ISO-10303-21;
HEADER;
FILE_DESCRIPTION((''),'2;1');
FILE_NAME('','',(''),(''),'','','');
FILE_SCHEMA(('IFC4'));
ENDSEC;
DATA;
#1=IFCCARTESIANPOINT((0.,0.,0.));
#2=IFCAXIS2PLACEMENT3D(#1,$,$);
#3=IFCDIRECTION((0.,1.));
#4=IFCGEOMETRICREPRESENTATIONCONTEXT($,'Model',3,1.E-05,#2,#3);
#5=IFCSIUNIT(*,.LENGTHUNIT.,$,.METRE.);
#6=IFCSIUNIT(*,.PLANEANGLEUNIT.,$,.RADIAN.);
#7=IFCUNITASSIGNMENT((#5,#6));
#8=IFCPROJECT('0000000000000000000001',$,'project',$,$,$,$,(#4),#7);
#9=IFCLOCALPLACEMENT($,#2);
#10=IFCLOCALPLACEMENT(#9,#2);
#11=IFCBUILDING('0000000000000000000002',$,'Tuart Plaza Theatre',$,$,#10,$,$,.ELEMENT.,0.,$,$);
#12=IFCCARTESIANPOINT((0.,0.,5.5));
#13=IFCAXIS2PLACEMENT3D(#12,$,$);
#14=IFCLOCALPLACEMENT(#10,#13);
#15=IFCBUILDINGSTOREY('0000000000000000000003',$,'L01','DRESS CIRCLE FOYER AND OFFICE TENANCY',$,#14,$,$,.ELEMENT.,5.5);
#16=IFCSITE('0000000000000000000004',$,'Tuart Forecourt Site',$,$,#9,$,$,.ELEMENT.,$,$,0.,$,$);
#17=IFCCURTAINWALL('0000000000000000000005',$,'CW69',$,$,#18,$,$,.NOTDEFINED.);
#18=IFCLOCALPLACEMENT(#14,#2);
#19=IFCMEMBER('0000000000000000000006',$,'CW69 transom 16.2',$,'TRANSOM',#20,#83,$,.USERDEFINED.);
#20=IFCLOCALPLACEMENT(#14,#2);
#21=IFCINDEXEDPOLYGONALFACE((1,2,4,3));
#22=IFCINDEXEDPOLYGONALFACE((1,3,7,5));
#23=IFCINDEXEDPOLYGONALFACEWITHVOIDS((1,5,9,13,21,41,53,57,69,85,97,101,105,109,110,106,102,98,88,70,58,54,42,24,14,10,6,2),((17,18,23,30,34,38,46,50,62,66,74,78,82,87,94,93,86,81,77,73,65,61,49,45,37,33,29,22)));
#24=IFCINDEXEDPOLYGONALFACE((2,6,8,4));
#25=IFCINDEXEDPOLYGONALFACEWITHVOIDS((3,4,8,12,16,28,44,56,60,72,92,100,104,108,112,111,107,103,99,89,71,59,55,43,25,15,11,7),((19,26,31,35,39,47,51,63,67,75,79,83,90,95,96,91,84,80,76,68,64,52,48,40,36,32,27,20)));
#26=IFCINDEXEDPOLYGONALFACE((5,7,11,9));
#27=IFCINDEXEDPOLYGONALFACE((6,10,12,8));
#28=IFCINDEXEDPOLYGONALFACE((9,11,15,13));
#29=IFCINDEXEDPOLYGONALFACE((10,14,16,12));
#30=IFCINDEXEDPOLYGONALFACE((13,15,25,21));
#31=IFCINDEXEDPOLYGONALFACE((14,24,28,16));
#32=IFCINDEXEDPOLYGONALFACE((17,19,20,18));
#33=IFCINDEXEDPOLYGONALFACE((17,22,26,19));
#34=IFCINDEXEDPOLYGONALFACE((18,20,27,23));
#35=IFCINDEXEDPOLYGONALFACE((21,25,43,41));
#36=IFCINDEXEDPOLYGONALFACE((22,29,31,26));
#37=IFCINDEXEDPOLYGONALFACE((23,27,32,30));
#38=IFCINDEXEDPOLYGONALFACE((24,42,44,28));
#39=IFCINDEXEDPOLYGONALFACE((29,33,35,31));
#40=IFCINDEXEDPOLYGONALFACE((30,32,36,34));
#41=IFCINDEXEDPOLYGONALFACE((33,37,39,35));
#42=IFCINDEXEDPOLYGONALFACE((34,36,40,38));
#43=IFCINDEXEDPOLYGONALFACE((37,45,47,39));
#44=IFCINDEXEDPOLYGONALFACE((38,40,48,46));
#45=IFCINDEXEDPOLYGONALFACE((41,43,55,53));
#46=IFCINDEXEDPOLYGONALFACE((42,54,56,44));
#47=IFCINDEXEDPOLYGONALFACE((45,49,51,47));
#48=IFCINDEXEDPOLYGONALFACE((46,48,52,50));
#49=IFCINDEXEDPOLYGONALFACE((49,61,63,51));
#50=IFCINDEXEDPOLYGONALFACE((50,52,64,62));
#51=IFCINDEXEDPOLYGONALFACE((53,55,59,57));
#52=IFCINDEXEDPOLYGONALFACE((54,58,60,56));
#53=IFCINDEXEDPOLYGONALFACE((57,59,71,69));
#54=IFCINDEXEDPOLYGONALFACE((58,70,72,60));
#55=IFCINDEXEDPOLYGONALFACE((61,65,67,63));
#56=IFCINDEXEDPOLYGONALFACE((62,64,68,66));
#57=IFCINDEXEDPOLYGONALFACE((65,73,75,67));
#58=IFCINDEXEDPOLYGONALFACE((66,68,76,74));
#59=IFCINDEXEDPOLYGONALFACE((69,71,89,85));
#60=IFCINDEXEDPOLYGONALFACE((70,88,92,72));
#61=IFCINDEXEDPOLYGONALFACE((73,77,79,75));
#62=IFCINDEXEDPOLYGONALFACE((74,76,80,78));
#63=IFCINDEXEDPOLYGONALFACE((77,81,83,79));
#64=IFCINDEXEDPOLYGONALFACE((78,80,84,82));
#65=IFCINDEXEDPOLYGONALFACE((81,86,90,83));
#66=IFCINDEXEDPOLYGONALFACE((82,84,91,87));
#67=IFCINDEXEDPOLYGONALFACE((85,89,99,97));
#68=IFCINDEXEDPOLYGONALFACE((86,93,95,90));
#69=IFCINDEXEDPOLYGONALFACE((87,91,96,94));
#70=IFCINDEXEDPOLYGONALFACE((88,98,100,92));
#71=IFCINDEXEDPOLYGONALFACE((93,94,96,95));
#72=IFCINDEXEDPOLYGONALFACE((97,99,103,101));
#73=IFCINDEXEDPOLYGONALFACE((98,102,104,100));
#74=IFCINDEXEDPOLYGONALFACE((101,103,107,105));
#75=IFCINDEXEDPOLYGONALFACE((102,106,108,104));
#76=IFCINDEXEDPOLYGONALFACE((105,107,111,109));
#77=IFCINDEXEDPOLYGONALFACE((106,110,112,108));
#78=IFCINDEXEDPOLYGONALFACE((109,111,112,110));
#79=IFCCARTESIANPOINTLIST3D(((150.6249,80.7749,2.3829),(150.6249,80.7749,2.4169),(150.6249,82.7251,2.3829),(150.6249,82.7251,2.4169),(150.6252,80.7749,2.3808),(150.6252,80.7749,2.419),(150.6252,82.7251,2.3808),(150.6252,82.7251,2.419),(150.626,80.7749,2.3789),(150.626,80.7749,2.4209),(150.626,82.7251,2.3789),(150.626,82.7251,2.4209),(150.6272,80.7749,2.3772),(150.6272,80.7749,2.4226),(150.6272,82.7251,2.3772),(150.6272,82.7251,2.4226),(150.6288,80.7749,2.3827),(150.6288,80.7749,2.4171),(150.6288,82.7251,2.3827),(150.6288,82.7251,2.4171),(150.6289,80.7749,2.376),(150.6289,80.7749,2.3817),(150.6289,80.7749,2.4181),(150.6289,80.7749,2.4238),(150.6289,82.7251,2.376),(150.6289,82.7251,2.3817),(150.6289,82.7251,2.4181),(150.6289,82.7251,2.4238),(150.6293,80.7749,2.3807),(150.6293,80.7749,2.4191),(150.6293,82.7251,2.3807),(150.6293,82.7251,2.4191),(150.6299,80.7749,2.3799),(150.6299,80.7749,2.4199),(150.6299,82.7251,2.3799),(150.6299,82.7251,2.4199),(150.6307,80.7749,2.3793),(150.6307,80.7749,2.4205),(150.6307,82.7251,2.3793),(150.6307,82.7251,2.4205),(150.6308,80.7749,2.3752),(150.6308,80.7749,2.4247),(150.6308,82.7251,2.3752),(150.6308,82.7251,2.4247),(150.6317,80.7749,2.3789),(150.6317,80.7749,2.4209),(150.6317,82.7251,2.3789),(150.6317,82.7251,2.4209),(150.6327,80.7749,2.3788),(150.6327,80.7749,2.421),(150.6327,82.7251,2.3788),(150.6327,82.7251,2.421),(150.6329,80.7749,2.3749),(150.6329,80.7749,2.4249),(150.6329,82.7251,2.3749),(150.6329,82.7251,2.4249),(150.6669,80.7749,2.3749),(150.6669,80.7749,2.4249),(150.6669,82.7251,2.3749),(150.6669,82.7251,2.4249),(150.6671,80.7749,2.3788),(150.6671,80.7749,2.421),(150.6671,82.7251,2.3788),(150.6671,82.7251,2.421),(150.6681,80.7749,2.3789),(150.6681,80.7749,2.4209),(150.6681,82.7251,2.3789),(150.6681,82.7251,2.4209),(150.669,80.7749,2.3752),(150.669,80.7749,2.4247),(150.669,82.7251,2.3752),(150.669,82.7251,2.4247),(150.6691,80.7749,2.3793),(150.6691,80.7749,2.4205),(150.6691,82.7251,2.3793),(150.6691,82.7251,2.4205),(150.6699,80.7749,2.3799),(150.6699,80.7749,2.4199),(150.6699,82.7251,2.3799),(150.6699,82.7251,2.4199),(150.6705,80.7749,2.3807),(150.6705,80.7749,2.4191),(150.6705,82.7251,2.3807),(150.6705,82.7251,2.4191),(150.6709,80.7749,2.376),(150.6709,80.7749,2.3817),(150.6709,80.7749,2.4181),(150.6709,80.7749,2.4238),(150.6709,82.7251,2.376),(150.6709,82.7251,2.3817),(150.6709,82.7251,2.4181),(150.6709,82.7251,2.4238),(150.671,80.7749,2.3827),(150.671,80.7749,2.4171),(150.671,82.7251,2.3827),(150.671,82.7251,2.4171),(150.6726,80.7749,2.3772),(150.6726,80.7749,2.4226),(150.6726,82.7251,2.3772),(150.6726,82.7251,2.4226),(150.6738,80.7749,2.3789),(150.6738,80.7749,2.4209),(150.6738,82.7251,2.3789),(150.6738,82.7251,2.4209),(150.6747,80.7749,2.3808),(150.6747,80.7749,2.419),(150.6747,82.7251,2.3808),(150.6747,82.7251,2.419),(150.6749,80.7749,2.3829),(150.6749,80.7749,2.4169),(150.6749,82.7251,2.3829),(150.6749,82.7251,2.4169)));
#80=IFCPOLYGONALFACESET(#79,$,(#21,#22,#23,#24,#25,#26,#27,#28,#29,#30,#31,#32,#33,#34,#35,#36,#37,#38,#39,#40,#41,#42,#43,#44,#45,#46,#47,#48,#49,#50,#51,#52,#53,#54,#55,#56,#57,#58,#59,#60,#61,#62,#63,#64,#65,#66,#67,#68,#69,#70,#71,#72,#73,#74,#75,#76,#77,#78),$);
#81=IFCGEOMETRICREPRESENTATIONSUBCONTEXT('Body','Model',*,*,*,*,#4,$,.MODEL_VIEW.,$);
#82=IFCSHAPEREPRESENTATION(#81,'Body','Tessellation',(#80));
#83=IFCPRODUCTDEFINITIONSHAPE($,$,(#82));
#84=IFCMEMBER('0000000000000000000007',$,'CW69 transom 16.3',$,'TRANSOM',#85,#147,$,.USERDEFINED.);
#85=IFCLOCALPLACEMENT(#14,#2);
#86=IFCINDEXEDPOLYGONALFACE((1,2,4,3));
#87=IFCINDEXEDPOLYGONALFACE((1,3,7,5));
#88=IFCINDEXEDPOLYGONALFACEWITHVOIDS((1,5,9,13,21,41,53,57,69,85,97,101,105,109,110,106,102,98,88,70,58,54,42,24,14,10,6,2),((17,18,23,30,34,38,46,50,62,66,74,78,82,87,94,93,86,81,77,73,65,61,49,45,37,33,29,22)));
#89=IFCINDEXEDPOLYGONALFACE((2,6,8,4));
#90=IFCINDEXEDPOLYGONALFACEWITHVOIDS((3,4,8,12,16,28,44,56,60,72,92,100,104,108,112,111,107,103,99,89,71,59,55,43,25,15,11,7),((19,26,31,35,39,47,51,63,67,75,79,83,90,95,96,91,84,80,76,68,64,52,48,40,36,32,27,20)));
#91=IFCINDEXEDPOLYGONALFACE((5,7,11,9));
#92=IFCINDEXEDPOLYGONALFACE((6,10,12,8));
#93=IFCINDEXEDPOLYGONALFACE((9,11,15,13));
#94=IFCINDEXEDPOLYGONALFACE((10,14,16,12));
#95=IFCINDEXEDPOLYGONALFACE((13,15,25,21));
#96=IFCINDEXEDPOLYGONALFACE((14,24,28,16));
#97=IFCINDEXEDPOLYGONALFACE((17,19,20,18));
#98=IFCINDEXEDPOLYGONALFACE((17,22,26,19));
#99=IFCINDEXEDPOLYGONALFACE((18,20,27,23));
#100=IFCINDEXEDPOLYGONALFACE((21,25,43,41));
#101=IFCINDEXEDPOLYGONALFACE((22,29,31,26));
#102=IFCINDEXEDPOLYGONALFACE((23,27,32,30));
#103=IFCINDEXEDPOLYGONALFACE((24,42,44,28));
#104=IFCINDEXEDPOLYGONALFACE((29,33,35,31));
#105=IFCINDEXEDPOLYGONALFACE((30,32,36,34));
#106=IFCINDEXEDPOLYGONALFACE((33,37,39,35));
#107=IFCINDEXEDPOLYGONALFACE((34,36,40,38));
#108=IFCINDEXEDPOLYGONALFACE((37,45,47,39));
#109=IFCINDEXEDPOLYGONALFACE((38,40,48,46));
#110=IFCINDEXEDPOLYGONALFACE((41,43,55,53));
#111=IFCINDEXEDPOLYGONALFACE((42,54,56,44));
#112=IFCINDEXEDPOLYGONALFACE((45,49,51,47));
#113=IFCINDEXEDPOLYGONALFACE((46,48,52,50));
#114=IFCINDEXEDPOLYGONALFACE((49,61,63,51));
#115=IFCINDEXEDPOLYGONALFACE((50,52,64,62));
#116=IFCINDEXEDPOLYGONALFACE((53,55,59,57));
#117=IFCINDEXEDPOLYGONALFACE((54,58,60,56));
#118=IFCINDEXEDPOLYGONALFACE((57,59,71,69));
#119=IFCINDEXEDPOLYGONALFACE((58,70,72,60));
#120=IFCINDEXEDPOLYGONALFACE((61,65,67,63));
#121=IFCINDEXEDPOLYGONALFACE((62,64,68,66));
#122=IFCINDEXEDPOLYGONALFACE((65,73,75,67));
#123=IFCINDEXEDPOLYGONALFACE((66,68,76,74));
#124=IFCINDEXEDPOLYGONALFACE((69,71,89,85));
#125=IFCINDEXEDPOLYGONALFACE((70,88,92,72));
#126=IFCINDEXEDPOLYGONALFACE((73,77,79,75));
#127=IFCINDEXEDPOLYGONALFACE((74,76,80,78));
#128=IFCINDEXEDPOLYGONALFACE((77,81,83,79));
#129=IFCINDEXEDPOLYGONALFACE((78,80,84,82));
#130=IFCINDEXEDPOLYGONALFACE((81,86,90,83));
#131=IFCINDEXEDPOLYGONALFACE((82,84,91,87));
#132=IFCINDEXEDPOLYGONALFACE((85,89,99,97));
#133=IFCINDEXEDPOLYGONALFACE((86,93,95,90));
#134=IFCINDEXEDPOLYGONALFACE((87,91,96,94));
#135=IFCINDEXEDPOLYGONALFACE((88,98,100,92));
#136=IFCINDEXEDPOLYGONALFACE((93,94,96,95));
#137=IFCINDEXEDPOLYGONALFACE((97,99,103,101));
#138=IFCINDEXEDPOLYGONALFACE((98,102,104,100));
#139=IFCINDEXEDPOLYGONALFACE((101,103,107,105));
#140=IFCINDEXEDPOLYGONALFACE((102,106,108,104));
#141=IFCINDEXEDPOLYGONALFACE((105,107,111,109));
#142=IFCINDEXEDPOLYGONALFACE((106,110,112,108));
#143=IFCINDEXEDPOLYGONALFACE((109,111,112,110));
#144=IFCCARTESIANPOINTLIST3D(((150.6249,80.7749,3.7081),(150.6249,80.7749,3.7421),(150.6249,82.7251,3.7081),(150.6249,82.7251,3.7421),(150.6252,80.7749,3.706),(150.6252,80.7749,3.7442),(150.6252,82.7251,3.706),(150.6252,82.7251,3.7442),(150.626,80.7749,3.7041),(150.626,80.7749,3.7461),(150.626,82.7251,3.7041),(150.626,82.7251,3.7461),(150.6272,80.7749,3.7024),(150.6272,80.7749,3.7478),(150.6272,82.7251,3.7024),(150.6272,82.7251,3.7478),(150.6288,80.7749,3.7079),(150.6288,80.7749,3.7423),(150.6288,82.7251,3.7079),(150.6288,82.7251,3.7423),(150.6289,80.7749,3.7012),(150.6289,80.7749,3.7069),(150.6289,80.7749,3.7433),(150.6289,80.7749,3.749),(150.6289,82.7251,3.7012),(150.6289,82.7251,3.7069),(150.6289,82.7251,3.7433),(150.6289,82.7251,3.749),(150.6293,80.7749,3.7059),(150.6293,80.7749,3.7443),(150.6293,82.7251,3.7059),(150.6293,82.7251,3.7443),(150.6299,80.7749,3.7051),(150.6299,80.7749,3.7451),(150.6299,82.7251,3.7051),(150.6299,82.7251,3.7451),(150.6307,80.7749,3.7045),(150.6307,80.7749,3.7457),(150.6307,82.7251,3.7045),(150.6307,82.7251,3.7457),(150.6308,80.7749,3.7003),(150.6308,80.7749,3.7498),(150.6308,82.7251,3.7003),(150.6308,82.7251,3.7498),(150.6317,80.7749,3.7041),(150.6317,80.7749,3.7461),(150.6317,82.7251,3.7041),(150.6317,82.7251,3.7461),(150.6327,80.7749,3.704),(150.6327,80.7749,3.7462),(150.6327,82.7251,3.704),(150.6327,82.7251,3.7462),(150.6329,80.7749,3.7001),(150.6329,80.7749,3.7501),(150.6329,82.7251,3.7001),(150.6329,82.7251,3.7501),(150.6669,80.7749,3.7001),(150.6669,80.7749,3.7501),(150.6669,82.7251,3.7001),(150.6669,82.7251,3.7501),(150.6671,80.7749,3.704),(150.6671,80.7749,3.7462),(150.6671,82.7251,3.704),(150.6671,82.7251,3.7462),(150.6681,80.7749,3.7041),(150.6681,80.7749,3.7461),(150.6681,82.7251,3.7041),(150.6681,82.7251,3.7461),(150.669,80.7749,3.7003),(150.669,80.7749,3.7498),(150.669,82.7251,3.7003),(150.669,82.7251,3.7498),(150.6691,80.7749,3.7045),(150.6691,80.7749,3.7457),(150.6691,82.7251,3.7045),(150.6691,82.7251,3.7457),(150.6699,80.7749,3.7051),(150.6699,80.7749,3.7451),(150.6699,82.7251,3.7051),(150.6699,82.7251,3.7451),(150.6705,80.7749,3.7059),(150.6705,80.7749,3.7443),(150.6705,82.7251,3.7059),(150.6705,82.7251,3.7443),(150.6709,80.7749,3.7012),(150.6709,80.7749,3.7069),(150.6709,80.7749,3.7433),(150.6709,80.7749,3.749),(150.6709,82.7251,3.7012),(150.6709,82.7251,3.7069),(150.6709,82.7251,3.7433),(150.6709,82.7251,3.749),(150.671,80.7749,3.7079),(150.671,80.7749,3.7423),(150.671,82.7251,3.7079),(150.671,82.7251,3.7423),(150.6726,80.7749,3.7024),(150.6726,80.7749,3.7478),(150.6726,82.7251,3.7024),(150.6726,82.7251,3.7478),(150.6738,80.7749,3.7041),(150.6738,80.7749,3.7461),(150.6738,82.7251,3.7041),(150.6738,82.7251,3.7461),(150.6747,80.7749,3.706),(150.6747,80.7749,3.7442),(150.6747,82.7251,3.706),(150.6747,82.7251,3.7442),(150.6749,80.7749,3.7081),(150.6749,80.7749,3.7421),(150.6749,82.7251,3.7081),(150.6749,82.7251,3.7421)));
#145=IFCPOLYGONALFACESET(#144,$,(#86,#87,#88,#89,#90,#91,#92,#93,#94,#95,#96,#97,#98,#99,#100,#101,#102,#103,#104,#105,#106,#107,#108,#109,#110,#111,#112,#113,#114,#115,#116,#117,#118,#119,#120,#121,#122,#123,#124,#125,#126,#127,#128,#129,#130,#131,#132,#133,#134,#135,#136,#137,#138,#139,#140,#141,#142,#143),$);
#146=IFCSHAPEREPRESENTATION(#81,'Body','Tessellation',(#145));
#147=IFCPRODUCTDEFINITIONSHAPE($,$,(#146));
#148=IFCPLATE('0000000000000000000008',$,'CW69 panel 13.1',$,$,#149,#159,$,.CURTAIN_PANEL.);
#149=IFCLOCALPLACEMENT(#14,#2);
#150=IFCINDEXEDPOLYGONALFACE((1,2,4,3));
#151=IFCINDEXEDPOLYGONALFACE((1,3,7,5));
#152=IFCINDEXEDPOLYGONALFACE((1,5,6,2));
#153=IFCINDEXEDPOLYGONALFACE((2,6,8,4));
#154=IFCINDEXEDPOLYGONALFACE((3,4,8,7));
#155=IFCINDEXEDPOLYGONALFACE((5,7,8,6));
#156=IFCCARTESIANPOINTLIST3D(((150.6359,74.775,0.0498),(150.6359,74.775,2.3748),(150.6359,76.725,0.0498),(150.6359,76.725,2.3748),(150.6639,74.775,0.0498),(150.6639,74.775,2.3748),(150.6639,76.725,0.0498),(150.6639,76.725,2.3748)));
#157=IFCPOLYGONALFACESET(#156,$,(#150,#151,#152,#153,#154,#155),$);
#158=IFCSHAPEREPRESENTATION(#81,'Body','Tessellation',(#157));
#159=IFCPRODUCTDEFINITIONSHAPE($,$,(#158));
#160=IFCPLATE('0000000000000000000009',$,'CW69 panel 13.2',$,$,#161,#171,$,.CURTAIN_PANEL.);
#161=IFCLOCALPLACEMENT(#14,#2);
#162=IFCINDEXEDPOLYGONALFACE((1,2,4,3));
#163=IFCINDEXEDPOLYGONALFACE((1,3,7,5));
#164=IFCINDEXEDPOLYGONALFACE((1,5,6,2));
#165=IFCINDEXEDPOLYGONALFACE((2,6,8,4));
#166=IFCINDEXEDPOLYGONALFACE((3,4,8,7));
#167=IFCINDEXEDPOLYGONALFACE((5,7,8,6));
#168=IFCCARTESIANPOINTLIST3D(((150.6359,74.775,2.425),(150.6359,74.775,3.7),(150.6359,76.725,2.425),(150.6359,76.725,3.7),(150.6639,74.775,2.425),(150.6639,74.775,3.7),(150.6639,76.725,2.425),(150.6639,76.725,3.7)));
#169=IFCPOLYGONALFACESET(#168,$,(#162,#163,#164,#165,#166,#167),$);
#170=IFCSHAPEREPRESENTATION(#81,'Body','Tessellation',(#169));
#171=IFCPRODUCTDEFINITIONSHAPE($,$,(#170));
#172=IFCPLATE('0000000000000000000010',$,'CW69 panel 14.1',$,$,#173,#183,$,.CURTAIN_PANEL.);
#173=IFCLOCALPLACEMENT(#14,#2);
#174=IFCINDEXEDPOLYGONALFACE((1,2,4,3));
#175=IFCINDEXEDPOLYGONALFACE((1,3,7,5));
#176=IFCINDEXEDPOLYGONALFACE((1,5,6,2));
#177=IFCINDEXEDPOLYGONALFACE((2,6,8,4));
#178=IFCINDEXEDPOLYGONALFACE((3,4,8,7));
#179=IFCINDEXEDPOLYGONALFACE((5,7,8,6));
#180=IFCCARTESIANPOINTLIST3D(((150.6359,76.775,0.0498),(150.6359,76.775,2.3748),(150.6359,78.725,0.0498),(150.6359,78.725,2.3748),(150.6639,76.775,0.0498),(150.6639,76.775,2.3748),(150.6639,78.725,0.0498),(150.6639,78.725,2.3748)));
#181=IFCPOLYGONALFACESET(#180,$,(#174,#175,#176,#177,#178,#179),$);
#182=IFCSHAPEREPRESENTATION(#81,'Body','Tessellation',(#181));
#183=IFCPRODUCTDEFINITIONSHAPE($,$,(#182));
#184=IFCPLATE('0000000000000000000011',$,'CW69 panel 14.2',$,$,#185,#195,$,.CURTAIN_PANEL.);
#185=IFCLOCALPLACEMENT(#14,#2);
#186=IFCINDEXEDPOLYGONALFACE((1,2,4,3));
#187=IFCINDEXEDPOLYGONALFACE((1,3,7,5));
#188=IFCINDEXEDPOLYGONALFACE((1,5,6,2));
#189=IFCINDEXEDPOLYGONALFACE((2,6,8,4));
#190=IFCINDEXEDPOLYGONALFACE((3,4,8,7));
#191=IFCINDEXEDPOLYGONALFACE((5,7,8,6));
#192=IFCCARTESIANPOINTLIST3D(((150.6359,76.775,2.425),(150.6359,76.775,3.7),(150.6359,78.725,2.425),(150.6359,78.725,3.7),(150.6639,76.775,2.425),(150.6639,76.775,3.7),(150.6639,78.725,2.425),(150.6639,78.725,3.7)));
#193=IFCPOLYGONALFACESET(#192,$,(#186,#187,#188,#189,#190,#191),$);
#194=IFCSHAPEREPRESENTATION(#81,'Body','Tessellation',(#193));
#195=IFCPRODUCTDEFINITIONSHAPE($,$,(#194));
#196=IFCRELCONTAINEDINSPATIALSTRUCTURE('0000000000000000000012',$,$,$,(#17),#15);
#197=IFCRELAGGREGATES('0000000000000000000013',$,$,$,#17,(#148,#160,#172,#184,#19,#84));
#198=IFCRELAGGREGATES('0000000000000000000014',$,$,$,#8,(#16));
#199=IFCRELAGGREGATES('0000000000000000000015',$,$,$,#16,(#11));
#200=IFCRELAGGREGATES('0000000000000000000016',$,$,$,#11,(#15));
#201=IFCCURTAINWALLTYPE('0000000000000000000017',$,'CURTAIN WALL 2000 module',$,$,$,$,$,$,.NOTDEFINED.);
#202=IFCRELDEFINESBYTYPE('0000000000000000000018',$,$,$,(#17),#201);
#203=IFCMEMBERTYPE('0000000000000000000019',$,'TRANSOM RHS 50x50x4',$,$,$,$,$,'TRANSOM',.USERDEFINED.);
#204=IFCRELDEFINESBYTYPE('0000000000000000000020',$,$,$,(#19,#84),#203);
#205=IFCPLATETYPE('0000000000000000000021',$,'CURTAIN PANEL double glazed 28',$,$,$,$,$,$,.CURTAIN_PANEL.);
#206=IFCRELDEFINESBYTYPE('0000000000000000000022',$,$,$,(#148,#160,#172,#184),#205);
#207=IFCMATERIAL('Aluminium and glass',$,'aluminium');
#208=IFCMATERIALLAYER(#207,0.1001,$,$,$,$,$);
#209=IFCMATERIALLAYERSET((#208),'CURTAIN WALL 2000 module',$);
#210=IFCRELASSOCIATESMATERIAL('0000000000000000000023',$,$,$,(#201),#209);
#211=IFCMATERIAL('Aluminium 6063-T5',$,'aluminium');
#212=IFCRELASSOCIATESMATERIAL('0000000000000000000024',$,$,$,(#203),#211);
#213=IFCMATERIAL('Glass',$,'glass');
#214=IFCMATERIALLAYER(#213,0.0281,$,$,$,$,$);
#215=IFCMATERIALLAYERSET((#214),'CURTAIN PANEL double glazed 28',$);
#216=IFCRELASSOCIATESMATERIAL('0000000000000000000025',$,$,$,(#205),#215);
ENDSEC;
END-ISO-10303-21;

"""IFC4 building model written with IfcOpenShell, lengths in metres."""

from ifc_helpers import new_model, si_unit, direction, frame, origin, origin_2d, place, context, subcontext, project, spatial, rectangle, hollow_rectangle, extrude, material, layer, layer_set, material_profile, profile_set, type_object, element, aggregate, save


model = new_model("IFC4")

# Units and contexts
model_context = context("Model", 3, precision=1e-05, world=origin(), true_north=direction((0.0, 1.0)))
body_context = subcontext(model_context, "Body", "Model", "MODEL_VIEW")
ifc_project = project(units=[si_unit("LENGTHUNIT", "METRE"), si_unit("PLANEANGLEUNIT", "RADIAN")], contexts=[model_context])

# Site, building, storey
site_placement = place(None, origin())
site = spatial("IfcSite", under=ifc_project, at=site_placement, Name="Tuart Forecourt Site", CompositionType="ELEMENT", RefElevation=0.0)
building_placement = place(site_placement, origin())
building = spatial("IfcBuilding", under=site, at=building_placement, Name="Tuart Plaza Theatre", CompositionType="ELEMENT", ElevationOfRefHeight=0.0)
storey_placement = place(building_placement, frame((0.0, 0.0, 5.5)))
storey = spatial("IfcBuildingStorey", under=building, at=storey_placement, Name="L01", Description="DRESS CIRCLE FOYER AND OFFICE TENANCY", CompositionType="ELEMENT", Elevation=5.5)

# Curtain wall, members, plates
ifc_material_1 = material(Name="Aluminium and glass", Category="aluminium")
ifc_layer_1 = layer(ifc_material_1, 0.1001)
ifc_layer_set_1 = layer_set([ifc_layer_1], Name="CURTAIN WALL 2000 module")
curtain_wall_type = type_object("IfcCurtainWallType", Name="CURTAIN WALL 2000 module", PredefinedType="NOTDEFINED", material=ifc_layer_set_1)
curtain_wall_placement = place(storey_placement, origin())
curtain_wall = element("IfcCurtainWall", 1, at=curtain_wall_placement, inside=storey, type_object=curtain_wall_type, Name="CW69", PredefinedType="NOTDEFINED")
ifc_material_2 = material(Name="Aluminium 6063-T5", Category="aluminium")
ifc_material_profile_1 = material_profile(ifc_material_2, hollow_rectangle(XDim=0.05, YDim=0.05, WallThickness=0.0039, InnerFilletRadius=0.0039, OuterFilletRadius=0.0081, at=origin_2d()), Name="RHS 50x50x4")
ifc_profile_set_1 = profile_set([ifc_material_profile_1], Name="Aluminium 6063-T5")
member_type_1 = type_object("IfcMemberType", Name="TRANSOM RHS 50x50x4", ElementType="TRANSOM", PredefinedType="USERDEFINED", material=ifc_profile_set_1)
member_1_placement = place(storey_placement, frame((150.6499, 80.7749, 2.3999), z_axis=(0.0, 1.0, 0.0), x_axis=(-1.0, 0.0, 0.0)))
member_1 = element("IfcMember", 2, at=member_1_placement, type_object=member_type_1, Name="CW69 transom 16.2", ObjectType="TRANSOM", PredefinedType="USERDEFINED", context=body_context, shape_type="SweptSolid", body=[
    extrude(hollow_rectangle(XDim=0.05, YDim=0.05, WallThickness=0.0039, InnerFilletRadius=0.0039, OuterFilletRadius=0.0081, at=origin_2d()), origin(), (0.0, 0.0, 1.0), 1.9502),
])
member_2_placement = place(storey_placement, frame((150.6499, 80.7749, 3.7251), z_axis=(0.0, 1.0, 0.0), x_axis=(-1.0, 0.0, 0.0)))
member_2 = element("IfcMember", 3, at=member_2_placement, type_object=member_type_1, Name="CW69 transom 16.3", ObjectType="TRANSOM", PredefinedType="USERDEFINED", context=body_context, shape_type="SweptSolid", body=[
    extrude(hollow_rectangle(XDim=0.05, YDim=0.05, WallThickness=0.0039, InnerFilletRadius=0.0039, OuterFilletRadius=0.0081, at=origin_2d()), origin(), (0.0, 0.0, 1.0), 1.9502),
])
ifc_material_3 = material(Name="Glass", Category="glass")
ifc_layer_2 = layer(ifc_material_3, 0.0281)
ifc_layer_set_2 = layer_set([ifc_layer_2], Name="CURTAIN PANEL double glazed 28")
plate_type = type_object("IfcPlateType", Name="CURTAIN PANEL double glazed 28", PredefinedType="CURTAIN_PANEL", material=ifc_layer_set_2)
plate_1_placement = place(storey_placement, frame((150.6499, 75.75, 0.0498), z_axis=(0.0, 0.0, 1.0), x_axis=(0.0, 1.0, 0.0)))
plate_1 = element("IfcPlate", 4, at=plate_1_placement, type_object=plate_type, Name="CW69 panel 13.1", PredefinedType="CURTAIN_PANEL", context=body_context, shape_type="SweptSolid", body=[
    extrude(rectangle(XDim=1.95, YDim=0.0281, at=origin_2d()), origin(), (0.0, 0.0, 1.0), 2.325),
])
plate_2_placement = place(storey_placement, frame((150.6499, 75.75, 2.425), z_axis=(0.0, 0.0, 1.0), x_axis=(0.0, 1.0, 0.0)))
plate_2 = element("IfcPlate", 5, at=plate_2_placement, type_object=plate_type, Name="CW69 panel 13.2", PredefinedType="CURTAIN_PANEL", context=body_context, shape_type="SweptSolid", body=[
    extrude(rectangle(XDim=1.95, YDim=0.0281, at=origin_2d()), origin(), (0.0, 0.0, 1.0), 1.2749),
])
plate_3_placement = place(storey_placement, frame((150.6499, 77.75, 0.0498), z_axis=(0.0, 0.0, 1.0), x_axis=(0.0, 1.0, 0.0)))
plate_3 = element("IfcPlate", 6, at=plate_3_placement, type_object=plate_type, Name="CW69 panel 14.1", PredefinedType="CURTAIN_PANEL", context=body_context, shape_type="SweptSolid", body=[
    extrude(rectangle(XDim=1.95, YDim=0.0281, at=origin_2d()), origin(), (0.0, 0.0, 1.0), 2.325),
])
plate_4_placement = place(storey_placement, frame((150.6499, 77.75, 2.425), z_axis=(0.0, 0.0, 1.0), x_axis=(0.0, 1.0, 0.0)))
plate_4 = element("IfcPlate", 7, at=plate_4_placement, type_object=plate_type, Name="CW69 panel 14.2", PredefinedType="CURTAIN_PANEL", context=body_context, shape_type="SweptSolid", body=[
    extrude(rectangle(XDim=1.95, YDim=0.0281, at=origin_2d()), origin(), (0.0, 0.0, 1.0), 1.2749),
])
aggregate(curtain_wall, [plate_1, plate_2, plate_3, plate_4, member_1, member_2])

save(model, "model.ifc")
